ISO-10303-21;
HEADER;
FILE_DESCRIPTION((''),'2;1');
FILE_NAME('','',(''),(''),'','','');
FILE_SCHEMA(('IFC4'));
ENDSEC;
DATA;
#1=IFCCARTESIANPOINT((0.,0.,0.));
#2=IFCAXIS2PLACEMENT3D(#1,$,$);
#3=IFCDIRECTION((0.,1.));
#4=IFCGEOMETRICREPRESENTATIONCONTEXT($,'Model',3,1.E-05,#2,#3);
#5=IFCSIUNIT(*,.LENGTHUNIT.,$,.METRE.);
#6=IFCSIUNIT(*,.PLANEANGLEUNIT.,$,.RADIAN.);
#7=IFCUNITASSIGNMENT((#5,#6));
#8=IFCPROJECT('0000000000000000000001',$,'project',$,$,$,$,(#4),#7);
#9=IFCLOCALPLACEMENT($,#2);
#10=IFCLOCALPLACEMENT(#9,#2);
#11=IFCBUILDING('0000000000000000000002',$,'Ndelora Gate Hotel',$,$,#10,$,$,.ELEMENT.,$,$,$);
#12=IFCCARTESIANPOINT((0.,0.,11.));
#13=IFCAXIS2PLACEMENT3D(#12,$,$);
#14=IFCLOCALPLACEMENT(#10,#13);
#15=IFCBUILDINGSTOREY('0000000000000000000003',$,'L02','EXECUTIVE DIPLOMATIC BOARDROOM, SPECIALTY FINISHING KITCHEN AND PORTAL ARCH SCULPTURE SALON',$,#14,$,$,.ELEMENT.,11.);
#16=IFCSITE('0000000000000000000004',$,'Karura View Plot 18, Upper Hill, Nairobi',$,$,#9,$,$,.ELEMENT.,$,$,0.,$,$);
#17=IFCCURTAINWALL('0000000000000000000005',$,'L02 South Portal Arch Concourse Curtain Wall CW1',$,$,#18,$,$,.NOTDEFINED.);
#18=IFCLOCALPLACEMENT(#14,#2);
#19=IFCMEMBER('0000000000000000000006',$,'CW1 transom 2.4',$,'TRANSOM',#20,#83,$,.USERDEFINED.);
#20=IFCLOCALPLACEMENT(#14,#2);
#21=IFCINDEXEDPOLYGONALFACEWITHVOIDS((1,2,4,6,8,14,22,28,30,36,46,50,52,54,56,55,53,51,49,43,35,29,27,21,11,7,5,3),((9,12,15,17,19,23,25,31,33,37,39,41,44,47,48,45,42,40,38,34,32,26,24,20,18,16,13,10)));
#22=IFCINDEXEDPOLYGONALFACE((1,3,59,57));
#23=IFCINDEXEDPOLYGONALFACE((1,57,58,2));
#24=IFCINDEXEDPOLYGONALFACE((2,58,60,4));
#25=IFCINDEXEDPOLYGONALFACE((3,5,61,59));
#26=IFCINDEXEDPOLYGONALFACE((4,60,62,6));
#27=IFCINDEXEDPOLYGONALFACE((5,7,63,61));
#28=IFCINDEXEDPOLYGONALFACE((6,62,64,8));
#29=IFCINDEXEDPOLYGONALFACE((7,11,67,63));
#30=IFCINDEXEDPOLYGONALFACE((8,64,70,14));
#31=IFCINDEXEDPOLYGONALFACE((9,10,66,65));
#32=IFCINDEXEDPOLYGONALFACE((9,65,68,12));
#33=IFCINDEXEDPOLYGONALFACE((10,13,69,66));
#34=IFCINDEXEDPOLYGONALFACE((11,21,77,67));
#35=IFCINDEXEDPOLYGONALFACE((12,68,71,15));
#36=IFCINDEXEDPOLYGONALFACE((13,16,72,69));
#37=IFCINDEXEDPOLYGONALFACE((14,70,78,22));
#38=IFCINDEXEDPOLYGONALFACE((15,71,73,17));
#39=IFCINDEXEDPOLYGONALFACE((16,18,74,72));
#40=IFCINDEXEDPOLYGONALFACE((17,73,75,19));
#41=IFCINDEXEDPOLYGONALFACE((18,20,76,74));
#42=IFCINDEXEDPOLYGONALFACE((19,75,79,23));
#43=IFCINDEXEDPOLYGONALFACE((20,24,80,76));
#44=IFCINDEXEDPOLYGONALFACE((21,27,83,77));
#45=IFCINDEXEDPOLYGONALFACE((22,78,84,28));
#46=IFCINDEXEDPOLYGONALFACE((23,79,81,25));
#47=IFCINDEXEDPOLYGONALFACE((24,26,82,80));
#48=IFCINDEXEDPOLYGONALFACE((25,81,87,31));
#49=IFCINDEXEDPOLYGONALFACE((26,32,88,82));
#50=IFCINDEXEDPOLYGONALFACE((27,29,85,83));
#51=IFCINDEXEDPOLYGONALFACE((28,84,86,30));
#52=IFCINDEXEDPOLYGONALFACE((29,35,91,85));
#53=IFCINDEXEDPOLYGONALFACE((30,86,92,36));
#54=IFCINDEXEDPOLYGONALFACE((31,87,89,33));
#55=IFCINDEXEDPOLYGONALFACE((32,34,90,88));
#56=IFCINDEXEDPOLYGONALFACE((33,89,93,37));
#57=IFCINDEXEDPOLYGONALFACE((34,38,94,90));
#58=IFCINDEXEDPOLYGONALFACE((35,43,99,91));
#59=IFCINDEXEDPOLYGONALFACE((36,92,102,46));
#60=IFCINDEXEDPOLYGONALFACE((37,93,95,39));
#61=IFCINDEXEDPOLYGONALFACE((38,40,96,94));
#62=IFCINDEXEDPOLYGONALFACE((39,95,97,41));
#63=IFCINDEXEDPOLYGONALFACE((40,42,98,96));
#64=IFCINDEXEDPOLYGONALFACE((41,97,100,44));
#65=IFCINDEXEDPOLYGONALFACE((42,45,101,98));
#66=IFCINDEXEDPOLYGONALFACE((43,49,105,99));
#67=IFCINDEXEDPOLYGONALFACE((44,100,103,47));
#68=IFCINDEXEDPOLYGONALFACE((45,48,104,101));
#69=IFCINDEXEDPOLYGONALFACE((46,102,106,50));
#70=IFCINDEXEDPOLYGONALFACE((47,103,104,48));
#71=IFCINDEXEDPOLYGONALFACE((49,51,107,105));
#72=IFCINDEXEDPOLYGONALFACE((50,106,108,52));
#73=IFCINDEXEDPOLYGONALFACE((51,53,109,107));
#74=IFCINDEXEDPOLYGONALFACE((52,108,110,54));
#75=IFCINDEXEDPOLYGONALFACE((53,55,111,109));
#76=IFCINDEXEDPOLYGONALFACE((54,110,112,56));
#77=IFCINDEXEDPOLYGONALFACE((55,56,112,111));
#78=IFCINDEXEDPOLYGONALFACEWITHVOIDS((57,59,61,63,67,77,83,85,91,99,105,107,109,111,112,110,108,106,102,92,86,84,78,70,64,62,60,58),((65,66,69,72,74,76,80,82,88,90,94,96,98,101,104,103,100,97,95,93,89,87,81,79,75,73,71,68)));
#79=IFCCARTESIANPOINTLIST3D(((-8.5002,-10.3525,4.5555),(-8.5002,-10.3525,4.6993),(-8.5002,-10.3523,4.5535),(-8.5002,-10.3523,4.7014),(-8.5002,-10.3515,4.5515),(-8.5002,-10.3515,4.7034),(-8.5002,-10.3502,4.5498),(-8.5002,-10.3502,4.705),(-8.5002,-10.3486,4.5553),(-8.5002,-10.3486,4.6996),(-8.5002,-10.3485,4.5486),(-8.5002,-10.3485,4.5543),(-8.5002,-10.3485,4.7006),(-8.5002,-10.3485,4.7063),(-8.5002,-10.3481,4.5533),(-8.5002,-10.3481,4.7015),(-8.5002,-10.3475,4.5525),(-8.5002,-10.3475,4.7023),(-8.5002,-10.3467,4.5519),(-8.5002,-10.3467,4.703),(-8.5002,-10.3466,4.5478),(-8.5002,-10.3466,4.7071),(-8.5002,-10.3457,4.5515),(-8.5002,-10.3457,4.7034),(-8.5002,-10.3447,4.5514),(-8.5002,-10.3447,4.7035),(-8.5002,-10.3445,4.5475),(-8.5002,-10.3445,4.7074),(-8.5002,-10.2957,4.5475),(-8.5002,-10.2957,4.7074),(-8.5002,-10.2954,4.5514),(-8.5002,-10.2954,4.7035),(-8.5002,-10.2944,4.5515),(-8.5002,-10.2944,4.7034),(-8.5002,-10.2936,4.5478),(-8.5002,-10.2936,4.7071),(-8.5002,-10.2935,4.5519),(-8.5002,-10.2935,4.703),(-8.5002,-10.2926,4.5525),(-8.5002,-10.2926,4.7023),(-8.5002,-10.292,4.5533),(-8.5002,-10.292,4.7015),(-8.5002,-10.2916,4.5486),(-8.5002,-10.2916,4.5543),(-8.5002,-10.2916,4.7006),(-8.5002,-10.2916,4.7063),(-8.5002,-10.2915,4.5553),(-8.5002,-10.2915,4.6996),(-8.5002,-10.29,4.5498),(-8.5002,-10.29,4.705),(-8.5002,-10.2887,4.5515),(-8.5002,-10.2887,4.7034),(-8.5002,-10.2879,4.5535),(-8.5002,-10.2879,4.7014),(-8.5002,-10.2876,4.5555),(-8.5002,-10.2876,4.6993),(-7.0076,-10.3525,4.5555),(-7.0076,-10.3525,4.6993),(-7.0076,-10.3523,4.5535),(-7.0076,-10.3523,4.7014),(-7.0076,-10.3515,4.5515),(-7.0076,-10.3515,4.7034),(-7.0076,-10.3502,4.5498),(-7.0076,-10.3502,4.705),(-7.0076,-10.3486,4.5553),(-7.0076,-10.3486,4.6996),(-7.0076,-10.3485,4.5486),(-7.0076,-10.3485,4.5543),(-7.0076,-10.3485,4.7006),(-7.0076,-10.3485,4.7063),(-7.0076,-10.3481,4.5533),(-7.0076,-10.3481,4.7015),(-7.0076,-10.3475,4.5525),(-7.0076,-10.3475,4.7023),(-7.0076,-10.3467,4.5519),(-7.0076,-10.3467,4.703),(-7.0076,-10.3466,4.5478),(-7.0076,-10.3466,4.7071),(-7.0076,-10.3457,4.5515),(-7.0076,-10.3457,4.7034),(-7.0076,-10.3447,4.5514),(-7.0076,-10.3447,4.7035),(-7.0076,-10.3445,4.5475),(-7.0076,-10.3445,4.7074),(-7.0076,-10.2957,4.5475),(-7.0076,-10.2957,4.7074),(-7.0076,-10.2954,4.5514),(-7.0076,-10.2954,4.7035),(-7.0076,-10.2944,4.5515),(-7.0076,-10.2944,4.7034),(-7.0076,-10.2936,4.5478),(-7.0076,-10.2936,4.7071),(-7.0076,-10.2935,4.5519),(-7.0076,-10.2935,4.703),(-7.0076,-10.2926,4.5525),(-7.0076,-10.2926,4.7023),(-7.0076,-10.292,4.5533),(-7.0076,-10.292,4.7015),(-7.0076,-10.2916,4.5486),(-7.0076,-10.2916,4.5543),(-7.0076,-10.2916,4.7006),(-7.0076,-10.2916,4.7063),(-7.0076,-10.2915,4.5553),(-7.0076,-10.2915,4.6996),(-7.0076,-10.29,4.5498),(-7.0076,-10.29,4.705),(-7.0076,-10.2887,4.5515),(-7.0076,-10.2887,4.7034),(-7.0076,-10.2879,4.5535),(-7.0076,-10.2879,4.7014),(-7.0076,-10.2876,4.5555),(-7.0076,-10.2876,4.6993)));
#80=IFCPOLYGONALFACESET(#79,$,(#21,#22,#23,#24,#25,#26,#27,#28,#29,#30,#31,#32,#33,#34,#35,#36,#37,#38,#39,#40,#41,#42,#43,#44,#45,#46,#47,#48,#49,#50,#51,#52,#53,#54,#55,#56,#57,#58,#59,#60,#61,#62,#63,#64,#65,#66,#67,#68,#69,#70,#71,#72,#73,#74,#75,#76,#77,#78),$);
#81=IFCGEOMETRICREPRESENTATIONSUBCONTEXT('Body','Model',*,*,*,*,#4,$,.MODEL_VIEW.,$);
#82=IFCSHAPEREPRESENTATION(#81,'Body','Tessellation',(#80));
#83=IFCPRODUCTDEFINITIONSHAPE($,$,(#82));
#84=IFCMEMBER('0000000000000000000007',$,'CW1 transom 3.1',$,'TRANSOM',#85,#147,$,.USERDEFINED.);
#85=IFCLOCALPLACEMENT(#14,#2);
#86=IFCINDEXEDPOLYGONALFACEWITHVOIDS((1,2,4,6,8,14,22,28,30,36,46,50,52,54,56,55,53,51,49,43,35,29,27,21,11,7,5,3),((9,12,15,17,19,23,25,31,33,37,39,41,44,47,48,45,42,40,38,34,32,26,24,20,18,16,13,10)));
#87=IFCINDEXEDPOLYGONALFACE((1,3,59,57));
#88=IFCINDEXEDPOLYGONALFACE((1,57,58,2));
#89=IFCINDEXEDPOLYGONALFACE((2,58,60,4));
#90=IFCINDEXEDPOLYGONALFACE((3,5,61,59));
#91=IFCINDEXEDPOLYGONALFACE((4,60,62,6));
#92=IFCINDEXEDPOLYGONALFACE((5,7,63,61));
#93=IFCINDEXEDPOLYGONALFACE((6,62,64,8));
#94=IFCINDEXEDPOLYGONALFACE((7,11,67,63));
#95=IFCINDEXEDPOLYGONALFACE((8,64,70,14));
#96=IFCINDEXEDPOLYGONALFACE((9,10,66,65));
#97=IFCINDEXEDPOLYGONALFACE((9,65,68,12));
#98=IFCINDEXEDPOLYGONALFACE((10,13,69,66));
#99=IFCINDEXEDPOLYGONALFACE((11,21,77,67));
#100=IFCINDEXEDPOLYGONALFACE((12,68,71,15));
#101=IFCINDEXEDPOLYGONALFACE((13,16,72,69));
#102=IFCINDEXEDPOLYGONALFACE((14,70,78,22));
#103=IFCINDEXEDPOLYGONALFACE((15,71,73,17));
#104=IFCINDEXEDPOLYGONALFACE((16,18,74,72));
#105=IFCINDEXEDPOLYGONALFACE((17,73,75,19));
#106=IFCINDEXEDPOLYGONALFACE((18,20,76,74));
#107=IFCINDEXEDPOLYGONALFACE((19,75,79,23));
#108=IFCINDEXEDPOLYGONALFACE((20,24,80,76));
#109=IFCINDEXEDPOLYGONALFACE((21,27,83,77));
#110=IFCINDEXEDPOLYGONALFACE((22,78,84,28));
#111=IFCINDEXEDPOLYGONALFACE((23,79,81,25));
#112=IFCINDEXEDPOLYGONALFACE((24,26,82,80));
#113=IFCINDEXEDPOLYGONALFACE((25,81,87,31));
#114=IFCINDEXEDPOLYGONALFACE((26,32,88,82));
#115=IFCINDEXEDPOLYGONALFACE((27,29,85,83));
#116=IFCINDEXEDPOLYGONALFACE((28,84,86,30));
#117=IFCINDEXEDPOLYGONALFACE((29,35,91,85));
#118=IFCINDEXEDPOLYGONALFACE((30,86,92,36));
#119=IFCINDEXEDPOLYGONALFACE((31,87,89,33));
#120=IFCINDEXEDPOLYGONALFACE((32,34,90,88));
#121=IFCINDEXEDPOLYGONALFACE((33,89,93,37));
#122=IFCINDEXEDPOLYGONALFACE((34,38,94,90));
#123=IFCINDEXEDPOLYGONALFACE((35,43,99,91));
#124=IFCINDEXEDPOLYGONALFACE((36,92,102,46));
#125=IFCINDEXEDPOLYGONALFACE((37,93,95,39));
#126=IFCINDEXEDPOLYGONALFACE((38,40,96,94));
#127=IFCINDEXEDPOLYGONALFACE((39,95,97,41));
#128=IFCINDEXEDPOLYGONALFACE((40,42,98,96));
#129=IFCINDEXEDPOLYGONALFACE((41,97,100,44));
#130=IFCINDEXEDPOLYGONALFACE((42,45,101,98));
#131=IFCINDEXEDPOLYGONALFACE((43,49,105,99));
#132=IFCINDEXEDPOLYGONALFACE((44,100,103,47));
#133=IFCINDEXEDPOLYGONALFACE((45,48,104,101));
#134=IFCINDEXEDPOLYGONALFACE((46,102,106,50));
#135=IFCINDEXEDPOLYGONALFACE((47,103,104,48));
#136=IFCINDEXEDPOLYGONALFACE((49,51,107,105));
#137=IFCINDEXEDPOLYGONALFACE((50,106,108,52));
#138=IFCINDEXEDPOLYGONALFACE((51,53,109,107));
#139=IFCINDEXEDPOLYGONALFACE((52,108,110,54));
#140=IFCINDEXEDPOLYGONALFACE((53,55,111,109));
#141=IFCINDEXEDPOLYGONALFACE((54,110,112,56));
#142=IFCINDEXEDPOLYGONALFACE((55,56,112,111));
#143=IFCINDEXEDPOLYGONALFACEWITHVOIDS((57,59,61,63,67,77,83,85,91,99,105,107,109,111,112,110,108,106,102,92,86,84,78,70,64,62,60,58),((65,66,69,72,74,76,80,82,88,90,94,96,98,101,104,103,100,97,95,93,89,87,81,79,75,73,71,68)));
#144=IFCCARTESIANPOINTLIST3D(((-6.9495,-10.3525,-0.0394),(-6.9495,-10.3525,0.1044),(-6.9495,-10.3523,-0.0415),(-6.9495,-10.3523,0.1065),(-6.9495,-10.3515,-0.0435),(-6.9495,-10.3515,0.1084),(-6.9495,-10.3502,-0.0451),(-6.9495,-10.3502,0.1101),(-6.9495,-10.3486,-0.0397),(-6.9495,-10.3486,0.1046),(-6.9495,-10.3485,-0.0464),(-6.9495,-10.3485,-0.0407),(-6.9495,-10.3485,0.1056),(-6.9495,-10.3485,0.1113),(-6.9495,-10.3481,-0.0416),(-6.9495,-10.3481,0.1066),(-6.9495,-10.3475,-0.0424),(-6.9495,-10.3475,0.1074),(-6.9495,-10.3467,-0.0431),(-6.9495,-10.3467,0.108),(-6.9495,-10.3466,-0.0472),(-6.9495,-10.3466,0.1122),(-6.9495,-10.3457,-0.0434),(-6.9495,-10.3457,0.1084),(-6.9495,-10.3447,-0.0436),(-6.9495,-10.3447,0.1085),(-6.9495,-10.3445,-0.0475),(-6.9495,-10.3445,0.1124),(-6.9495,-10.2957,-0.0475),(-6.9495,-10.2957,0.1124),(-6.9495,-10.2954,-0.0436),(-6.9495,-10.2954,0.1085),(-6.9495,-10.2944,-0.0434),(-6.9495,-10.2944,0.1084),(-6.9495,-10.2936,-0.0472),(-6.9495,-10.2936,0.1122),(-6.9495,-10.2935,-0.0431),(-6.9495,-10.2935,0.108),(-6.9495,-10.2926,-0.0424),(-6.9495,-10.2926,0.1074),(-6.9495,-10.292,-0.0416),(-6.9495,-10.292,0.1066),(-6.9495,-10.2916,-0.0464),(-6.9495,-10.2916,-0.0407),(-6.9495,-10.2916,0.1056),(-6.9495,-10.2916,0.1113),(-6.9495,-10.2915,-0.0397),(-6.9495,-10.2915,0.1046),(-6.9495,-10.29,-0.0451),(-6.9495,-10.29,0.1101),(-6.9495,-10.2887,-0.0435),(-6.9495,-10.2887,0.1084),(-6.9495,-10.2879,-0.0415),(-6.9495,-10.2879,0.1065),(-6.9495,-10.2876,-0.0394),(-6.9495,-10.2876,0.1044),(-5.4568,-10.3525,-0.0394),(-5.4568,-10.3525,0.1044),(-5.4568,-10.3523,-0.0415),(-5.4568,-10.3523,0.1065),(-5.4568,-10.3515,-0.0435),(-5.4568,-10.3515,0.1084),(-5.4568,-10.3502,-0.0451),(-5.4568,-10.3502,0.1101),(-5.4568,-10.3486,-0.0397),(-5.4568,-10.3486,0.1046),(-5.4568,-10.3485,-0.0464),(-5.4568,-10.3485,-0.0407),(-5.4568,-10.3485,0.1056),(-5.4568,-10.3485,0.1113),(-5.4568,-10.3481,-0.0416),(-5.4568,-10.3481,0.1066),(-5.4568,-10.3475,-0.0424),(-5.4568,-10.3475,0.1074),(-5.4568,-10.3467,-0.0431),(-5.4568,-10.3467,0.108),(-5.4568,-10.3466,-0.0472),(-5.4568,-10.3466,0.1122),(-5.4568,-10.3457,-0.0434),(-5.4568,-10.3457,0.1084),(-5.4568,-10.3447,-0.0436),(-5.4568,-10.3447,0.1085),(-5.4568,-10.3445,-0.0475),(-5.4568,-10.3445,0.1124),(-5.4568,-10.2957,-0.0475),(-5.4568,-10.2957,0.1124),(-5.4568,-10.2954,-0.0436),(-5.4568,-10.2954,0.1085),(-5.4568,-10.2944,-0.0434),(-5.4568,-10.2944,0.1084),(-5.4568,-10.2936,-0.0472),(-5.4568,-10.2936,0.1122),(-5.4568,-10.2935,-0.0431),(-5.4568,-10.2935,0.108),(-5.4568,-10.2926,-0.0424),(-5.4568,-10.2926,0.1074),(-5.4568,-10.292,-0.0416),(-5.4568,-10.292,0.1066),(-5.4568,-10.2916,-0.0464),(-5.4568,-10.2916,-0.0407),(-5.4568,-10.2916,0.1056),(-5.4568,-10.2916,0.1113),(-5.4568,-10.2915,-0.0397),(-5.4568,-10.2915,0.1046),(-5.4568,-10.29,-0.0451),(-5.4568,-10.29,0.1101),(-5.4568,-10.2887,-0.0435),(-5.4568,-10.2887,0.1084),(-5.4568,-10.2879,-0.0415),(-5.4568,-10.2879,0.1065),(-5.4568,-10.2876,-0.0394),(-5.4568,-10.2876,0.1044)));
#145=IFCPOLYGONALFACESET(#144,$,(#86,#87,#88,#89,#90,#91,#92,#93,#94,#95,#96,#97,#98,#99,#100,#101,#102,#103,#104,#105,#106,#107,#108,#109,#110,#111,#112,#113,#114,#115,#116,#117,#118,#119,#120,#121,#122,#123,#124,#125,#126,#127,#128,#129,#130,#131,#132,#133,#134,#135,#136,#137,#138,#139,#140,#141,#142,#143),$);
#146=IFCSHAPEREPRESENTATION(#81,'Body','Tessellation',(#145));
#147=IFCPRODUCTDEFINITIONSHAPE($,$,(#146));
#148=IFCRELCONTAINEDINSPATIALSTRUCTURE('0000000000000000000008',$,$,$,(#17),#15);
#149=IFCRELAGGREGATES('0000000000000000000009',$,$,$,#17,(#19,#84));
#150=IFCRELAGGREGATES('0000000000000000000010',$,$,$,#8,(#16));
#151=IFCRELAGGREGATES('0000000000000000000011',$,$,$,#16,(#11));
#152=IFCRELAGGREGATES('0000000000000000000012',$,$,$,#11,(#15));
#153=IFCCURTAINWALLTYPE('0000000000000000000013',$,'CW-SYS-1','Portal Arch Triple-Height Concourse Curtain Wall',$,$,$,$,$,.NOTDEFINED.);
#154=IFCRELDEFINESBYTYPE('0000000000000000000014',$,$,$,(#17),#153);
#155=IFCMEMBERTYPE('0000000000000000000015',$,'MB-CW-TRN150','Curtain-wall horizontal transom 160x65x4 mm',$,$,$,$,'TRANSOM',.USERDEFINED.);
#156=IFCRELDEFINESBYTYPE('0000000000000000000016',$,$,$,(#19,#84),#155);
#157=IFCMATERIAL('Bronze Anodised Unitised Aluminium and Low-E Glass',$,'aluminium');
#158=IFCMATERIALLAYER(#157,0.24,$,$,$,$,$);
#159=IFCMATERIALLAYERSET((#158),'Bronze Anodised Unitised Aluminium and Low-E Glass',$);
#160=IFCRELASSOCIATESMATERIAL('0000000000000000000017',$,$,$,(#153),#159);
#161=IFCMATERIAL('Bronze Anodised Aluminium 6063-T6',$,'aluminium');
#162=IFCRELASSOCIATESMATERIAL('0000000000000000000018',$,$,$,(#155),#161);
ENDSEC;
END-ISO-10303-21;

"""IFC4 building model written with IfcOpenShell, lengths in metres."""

from ifc_helpers import new_model, si_unit, direction, frame, origin, origin_2d, place, context, subcontext, project, spatial, hollow_rectangle, extrude, material, layer, layer_set, material_profile, profile_set, type_object, element, aggregate, save


model = new_model("IFC4")

# Units and contexts
model_context = context("Model", 3, precision=1e-05, world=origin(), true_north=direction((0.0, 1.0)))
body_context = subcontext(model_context, "Body", "Model", "MODEL_VIEW")
ifc_project = project(units=[si_unit("LENGTHUNIT", "METRE"), si_unit("PLANEANGLEUNIT", "RADIAN")], contexts=[model_context])

# Site, building, storey
site_placement = place(None, origin())
site = spatial("IfcSite", under=ifc_project, at=site_placement, Name="Karura View Plot 18, Upper Hill, Nairobi", CompositionType="ELEMENT", RefElevation=0.0)
building_placement = place(site_placement, origin())
building = spatial("IfcBuilding", under=site, at=building_placement, Name="Ndelora Gate Hotel", CompositionType="ELEMENT")
storey_placement = place(building_placement, frame((0.0, 0.0, 11.0)))
storey = spatial("IfcBuildingStorey", under=building, at=storey_placement, Name="L02", Description="EXECUTIVE DIPLOMATIC BOARDROOM, SPECIALTY FINISHING KITCHEN AND PORTAL ARCH SCULPTURE SALON", CompositionType="ELEMENT", Elevation=11.0)

# Curtain wall, members
ifc_material_1 = material(Name="Bronze Anodised Unitised Aluminium and Low-E Glass", Category="aluminium")
ifc_layer_1 = layer(ifc_material_1, 0.24)
ifc_layer_set_1 = layer_set([ifc_layer_1], Name="Bronze Anodised Unitised Aluminium and Low-E Glass")
curtain_wall_type = type_object("IfcCurtainWallType", Name="CW-SYS-1", Description="Portal Arch Triple-Height Concourse Curtain Wall", PredefinedType="NOTDEFINED", material=ifc_layer_set_1)
curtain_wall_placement = place(storey_placement, origin())
curtain_wall = element("IfcCurtainWall", 1, at=curtain_wall_placement, inside=storey, type_object=curtain_wall_type, Name="L02 South Portal Arch Concourse Curtain Wall CW1", PredefinedType="NOTDEFINED")
ifc_material_2 = material(Name="Bronze Anodised Aluminium 6063-T6", Category="aluminium")
ifc_material_profile_1 = material_profile(ifc_material_2, hollow_rectangle(XDim=0.0649, YDim=0.1599, WallThickness=0.0039, InnerFilletRadius=0.0039, OuterFilletRadius=0.0081, at=origin_2d()), Name="ALU 160x65x4")
ifc_profile_set_1 = profile_set([ifc_material_profile_1], Name="Bronze Anodised Aluminium 6063-T6")
member_type_1 = type_object("IfcMemberType", Name="MB-CW-TRN150", Description="Curtain-wall horizontal transom 160x65x4 mm", ElementType="TRANSOM", PredefinedType="USERDEFINED", material=ifc_profile_set_1)
member_1_placement = place(storey_placement, frame((-8.5002, -10.3201, 4.6274), z_axis=(1.0, 0.0, 0.0), x_axis=(0.0, 1.0, 0.0)))
member_1 = element("IfcMember", 2, at=member_1_placement, type_object=member_type_1, Name="CW1 transom 2.4", ObjectType="TRANSOM", PredefinedType="USERDEFINED", context=body_context, shape_type="SweptSolid", body=[
    extrude(hollow_rectangle(XDim=0.0649, YDim=0.1599, WallThickness=0.0039, InnerFilletRadius=0.0039, OuterFilletRadius=0.0081, at=origin_2d()), origin(), (0.0, 0.0, 1.0), 1.4927),
])
member_2_placement = place(storey_placement, frame((-6.9495, -10.3201, 0.0325), z_axis=(1.0, 0.0, 0.0), x_axis=(0.0, 1.0, 0.0)))
member_2 = element("IfcMember", 3, at=member_2_placement, type_object=member_type_1, Name="CW1 transom 3.1", ObjectType="TRANSOM", PredefinedType="USERDEFINED", context=body_context, shape_type="SweptSolid", body=[
    extrude(hollow_rectangle(XDim=0.0649, YDim=0.1599, WallThickness=0.0039, InnerFilletRadius=0.0039, OuterFilletRadius=0.0081, at=origin_2d()), origin(), (0.0, 0.0, 1.0), 1.4927),
])
aggregate(curtain_wall, [member_1, member_2])

save(model, "model.ifc")
